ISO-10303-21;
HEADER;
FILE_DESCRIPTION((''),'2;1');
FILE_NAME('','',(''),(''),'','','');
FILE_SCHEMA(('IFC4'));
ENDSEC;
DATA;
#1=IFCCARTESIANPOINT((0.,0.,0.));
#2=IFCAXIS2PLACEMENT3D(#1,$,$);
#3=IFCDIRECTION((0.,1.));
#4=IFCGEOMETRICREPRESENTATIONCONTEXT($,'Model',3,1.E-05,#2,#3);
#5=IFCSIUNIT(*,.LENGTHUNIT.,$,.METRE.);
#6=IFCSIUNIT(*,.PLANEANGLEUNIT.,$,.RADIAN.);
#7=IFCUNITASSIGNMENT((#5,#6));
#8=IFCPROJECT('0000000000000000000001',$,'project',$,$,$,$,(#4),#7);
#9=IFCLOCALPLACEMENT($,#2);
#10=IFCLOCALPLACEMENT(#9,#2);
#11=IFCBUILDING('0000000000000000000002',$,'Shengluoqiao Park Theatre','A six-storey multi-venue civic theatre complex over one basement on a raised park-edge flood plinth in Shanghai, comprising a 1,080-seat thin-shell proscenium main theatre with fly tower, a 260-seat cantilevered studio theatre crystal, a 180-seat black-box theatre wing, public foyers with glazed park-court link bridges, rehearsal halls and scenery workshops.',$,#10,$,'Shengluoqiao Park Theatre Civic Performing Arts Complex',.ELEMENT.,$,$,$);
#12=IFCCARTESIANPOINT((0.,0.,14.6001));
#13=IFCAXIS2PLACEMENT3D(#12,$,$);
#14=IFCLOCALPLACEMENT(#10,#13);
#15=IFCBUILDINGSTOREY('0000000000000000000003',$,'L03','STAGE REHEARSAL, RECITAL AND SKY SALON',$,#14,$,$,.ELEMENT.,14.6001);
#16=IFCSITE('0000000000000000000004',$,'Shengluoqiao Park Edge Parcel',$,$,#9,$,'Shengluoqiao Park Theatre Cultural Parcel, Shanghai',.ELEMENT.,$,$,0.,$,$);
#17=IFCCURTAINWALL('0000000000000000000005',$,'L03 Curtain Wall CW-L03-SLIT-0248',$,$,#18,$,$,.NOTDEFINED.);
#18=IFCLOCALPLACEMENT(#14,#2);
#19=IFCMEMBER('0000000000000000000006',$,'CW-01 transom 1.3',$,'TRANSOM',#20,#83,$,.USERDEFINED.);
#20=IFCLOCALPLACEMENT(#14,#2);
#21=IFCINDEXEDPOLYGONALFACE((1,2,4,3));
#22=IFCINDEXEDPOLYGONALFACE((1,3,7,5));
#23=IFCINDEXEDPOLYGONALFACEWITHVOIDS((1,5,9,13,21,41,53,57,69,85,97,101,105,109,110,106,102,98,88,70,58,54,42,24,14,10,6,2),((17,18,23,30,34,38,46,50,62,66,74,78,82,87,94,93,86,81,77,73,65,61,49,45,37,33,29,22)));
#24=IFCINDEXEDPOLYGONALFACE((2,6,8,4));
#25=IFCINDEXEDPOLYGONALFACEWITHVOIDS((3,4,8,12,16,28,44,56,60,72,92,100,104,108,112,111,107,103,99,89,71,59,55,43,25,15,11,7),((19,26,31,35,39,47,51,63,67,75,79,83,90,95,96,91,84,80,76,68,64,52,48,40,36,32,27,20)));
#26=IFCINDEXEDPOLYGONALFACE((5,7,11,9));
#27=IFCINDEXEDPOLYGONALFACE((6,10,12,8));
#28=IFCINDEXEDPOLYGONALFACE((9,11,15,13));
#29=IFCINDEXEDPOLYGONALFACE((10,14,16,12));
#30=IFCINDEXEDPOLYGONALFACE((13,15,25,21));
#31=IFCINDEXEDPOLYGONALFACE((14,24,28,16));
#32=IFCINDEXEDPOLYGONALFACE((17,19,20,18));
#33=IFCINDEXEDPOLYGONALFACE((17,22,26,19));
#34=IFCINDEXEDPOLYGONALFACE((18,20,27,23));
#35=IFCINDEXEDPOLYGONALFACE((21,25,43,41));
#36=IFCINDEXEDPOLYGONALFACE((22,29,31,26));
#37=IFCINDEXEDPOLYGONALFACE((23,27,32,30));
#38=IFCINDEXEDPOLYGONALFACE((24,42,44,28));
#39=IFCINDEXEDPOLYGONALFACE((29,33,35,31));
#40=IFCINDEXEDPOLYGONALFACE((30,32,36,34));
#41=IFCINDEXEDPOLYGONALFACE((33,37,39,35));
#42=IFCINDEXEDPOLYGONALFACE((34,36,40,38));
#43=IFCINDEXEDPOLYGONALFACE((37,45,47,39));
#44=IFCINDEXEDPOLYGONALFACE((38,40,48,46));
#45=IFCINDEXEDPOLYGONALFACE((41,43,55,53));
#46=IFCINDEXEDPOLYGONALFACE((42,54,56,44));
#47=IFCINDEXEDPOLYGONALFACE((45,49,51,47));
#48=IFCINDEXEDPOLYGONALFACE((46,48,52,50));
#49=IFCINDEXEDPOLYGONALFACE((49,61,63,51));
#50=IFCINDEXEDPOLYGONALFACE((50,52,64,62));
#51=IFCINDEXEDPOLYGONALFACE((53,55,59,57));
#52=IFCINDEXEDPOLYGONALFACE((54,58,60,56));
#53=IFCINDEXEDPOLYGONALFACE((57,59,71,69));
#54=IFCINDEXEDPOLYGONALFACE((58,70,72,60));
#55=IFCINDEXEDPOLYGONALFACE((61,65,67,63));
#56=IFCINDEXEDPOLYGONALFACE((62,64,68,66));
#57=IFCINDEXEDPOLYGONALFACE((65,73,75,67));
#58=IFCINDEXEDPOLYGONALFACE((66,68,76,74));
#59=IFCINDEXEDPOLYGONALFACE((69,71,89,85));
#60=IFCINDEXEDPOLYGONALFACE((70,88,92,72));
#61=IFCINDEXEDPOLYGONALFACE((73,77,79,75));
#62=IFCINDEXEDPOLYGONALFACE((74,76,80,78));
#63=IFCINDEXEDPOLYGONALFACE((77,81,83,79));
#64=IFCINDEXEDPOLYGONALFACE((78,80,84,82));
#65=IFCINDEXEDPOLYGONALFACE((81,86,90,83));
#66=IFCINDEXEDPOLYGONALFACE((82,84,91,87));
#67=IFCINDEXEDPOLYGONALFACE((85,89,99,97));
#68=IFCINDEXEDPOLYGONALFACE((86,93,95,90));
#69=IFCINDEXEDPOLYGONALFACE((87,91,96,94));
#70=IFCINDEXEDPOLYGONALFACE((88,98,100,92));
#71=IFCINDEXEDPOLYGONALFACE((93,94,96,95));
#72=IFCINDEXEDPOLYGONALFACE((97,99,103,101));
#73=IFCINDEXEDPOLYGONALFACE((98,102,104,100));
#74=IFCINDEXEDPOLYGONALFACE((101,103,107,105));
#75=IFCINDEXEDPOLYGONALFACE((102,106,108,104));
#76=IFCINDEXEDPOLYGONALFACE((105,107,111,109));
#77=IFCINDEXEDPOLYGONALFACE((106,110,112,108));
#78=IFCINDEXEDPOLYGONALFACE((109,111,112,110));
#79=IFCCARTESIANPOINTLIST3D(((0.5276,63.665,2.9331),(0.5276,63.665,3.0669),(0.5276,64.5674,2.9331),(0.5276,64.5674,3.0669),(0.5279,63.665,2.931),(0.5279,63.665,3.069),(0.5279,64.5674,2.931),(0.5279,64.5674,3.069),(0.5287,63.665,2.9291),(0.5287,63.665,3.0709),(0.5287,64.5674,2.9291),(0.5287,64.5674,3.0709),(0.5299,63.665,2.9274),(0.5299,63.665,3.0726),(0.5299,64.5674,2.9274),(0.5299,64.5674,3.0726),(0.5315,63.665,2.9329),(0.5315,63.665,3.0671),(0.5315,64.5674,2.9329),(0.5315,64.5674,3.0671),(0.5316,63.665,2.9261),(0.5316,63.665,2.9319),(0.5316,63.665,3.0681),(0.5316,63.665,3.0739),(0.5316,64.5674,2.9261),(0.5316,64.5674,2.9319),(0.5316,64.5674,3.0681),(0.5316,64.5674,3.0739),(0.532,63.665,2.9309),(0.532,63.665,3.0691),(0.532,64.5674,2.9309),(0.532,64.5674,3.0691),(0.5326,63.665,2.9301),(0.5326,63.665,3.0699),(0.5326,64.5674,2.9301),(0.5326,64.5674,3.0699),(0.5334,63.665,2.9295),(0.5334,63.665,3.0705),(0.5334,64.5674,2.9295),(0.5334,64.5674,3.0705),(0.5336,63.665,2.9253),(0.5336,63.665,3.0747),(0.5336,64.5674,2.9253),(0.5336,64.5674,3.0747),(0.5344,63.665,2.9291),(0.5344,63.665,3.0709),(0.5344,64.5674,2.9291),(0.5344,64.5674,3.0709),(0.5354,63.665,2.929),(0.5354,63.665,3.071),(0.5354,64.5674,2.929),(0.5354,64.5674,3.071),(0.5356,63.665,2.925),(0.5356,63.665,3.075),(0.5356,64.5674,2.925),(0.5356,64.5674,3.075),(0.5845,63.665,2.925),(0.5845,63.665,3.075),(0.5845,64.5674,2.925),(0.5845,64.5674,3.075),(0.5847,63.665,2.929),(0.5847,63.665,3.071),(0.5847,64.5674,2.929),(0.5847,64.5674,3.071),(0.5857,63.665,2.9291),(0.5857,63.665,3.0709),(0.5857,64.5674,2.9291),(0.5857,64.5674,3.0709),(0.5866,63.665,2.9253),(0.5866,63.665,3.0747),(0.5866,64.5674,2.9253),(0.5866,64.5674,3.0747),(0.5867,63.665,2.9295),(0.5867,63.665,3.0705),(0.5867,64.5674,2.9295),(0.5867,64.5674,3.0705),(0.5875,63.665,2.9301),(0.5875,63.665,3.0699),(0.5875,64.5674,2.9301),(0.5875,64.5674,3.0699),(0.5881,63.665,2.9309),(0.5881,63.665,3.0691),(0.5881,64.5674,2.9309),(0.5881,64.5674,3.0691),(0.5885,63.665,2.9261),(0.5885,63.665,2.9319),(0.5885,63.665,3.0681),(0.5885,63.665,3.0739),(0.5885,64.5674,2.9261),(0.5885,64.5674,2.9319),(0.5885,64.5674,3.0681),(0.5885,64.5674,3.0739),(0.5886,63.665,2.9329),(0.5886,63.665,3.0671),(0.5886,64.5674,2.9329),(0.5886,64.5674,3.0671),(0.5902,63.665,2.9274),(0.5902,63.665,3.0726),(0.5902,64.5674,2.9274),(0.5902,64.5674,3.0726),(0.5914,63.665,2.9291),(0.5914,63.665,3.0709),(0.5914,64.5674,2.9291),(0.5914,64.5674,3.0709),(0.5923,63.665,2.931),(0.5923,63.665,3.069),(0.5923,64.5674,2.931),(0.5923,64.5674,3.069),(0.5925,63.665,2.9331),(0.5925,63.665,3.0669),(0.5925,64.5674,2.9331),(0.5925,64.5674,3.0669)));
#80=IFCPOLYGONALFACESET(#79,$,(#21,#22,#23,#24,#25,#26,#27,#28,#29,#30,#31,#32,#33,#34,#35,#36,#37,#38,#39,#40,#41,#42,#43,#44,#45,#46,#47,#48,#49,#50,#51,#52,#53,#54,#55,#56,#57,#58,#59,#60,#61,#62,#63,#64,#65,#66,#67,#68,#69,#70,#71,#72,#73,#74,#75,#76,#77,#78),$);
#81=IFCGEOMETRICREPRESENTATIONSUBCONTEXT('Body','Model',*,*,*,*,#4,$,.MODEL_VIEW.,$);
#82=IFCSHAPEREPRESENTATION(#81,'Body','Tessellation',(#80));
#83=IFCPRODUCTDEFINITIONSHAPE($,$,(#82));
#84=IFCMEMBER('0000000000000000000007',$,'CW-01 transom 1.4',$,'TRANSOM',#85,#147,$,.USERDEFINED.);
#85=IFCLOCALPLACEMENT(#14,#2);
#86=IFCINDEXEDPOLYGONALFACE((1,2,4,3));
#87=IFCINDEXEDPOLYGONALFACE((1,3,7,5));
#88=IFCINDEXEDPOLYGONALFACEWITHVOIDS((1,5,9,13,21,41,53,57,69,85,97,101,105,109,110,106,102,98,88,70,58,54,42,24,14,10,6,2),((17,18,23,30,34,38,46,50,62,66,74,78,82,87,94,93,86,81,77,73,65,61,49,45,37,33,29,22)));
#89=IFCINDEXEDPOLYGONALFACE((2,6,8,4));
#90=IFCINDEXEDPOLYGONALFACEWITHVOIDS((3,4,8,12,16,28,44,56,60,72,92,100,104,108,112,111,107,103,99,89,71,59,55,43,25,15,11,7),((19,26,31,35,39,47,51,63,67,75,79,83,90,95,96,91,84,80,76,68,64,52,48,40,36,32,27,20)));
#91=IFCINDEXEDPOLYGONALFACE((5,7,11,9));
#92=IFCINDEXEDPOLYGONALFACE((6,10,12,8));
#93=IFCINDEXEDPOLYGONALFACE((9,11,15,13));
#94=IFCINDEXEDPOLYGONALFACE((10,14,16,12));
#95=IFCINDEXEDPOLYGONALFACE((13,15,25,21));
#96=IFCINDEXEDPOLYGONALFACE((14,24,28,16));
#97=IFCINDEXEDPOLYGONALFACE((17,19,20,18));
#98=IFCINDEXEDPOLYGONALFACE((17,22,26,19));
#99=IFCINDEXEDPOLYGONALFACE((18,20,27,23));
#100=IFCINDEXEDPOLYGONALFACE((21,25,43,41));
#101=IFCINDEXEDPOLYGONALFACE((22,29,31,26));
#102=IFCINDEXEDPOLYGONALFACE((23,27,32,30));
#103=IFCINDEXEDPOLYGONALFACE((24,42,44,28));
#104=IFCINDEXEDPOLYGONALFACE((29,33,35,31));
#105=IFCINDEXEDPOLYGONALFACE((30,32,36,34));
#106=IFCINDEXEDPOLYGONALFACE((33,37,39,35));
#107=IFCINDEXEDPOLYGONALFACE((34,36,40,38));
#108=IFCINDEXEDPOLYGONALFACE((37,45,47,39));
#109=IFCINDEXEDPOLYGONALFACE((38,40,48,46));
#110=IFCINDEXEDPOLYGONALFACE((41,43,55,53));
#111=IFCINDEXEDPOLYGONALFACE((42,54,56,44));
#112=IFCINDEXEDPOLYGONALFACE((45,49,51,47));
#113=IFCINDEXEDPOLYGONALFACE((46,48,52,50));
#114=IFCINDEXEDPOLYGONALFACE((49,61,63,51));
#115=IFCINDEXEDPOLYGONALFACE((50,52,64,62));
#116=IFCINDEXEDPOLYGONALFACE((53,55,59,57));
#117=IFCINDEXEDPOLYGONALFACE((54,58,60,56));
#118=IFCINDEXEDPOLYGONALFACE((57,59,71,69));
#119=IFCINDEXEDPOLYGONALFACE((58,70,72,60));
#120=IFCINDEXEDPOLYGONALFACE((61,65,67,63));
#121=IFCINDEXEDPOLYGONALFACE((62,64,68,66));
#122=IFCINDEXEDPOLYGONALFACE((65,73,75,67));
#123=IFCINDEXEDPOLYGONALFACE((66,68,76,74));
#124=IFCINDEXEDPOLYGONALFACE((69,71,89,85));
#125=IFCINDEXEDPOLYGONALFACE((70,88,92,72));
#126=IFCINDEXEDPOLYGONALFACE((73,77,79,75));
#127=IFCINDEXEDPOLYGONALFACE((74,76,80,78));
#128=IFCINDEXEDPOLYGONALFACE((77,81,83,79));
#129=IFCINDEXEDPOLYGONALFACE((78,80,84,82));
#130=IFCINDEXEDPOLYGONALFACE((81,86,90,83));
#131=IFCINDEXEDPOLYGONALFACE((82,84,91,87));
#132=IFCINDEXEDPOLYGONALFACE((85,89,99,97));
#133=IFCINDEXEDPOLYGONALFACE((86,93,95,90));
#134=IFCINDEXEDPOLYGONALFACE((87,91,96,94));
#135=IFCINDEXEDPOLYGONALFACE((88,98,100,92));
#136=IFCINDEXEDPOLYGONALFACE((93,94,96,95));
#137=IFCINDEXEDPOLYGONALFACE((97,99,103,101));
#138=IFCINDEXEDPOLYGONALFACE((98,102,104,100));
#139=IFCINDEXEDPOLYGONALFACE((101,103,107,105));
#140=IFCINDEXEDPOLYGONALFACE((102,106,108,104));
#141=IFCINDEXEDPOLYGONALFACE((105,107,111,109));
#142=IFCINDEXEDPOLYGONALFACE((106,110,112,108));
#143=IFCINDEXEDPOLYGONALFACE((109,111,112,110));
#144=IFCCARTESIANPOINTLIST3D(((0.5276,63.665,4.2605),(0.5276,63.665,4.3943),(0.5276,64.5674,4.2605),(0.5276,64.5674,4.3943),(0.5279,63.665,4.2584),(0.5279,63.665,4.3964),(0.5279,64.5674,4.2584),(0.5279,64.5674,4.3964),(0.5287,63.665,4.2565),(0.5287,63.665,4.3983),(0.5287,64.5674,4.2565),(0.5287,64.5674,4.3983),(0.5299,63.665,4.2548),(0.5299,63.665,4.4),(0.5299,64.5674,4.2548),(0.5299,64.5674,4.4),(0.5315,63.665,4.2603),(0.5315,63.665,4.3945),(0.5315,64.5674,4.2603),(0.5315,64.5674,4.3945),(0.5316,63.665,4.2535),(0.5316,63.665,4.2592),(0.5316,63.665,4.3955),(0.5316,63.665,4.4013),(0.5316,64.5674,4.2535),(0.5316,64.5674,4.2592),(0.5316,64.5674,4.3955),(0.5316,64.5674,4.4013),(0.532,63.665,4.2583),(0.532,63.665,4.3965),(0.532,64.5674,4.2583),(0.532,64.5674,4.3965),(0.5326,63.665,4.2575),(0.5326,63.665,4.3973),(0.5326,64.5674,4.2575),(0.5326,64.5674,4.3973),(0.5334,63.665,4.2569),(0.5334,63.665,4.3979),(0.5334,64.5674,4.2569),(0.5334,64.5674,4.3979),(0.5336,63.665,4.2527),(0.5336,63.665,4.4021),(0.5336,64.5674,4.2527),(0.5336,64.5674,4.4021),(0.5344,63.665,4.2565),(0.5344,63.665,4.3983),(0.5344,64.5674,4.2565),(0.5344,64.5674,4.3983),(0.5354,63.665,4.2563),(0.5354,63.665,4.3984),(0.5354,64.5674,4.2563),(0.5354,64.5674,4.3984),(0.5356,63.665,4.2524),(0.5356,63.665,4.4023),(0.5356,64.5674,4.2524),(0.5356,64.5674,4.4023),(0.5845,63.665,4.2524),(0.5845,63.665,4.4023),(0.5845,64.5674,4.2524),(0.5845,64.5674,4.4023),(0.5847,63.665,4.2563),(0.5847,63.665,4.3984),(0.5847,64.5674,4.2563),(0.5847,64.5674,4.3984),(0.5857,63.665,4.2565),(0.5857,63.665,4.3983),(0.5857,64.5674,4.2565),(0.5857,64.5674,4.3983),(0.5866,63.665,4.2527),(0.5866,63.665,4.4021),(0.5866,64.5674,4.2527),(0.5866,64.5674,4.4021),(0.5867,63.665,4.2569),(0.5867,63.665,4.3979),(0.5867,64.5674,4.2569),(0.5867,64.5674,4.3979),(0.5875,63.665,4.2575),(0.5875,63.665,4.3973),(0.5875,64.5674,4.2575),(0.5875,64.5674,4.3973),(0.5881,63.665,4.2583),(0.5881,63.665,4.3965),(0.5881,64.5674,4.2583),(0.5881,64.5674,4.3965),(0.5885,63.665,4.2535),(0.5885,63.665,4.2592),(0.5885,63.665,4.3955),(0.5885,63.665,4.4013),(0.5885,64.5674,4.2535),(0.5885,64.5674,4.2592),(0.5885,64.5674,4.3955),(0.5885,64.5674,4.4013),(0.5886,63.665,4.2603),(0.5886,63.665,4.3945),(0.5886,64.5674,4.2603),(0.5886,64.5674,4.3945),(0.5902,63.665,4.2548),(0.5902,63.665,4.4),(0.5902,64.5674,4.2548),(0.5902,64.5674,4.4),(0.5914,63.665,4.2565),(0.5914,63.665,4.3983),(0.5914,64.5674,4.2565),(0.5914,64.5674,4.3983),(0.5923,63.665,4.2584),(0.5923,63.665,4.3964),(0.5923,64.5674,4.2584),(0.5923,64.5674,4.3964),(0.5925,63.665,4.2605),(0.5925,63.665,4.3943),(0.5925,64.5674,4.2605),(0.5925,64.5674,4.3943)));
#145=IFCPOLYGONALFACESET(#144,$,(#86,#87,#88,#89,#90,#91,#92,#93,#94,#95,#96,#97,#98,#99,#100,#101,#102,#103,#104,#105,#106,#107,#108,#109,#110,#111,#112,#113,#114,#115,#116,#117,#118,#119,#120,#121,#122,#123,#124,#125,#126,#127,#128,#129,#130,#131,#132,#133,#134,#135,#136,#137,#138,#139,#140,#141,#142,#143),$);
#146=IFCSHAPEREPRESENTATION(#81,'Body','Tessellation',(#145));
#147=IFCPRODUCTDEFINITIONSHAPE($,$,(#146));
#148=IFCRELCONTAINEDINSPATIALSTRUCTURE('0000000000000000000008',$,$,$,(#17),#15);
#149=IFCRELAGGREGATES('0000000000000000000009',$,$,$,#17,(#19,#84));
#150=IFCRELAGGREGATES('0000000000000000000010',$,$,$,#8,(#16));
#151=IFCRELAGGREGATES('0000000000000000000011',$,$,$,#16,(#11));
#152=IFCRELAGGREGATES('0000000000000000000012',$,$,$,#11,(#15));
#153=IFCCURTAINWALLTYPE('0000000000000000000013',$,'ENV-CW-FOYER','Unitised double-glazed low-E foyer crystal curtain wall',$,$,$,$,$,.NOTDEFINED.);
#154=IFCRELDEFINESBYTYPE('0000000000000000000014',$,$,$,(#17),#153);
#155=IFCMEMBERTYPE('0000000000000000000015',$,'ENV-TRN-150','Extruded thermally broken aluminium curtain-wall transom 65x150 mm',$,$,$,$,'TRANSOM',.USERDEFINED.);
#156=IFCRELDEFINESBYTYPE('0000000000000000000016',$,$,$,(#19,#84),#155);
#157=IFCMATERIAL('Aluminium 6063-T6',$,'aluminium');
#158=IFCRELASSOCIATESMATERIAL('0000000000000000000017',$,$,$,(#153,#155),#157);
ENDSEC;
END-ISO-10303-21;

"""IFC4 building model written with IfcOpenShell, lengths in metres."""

from ifc_helpers import new_model, si_unit, direction, frame, origin, origin_2d, place, context, subcontext, project, spatial, hollow_rectangle, extrude, material, material_profile, profile_set, type_object, element, aggregate, save


model = new_model("IFC4")

# Units and contexts
model_context = context("Model", 3, precision=1e-05, world=origin(), true_north=direction((0.0, 1.0)))
body_context = subcontext(model_context, "Body", "Model", "MODEL_VIEW")
ifc_project = project(units=[si_unit("LENGTHUNIT", "METRE"), si_unit("PLANEANGLEUNIT", "RADIAN")], contexts=[model_context])

# Site, building, storey
site_placement = place(None, origin())
site = spatial("IfcSite", under=ifc_project, at=site_placement, Name="Shengluoqiao Park Edge Parcel", LongName="Shengluoqiao Park Theatre Cultural Parcel, Shanghai", CompositionType="ELEMENT", RefElevation=0.0)
building_placement = place(site_placement, origin())
building = spatial("IfcBuilding", under=site, at=building_placement, Name="Shengluoqiao Park Theatre", Description="A six-storey multi-venue civic theatre complex over one basement on a raised park-edge flood plinth in Shanghai, comprising a 1,080-seat thin-shell proscenium main theatre with fly tower, a 260-seat cantilevered studio theatre crystal, a 180-seat black-box theatre wing, public foyers with glazed park-court link bridges, rehearsal halls and scenery workshops.", LongName="Shengluoqiao Park Theatre Civic Performing Arts Complex", CompositionType="ELEMENT")
storey_placement = place(building_placement, frame((0.0, 0.0, 14.6001)))
storey = spatial("IfcBuildingStorey", under=building, at=storey_placement, Name="L03", Description="STAGE REHEARSAL, RECITAL AND SKY SALON", CompositionType="ELEMENT", Elevation=14.6001)

# Curtain wall, members
ifc_material_1 = material(Name="Aluminium 6063-T6", Category="aluminium")
curtain_wall_type = type_object("IfcCurtainWallType", Name="ENV-CW-FOYER", Description="Unitised double-glazed low-E foyer crystal curtain wall", PredefinedType="NOTDEFINED", material=ifc_material_1)
curtain_wall_placement = place(storey_placement, origin())
curtain_wall = element("IfcCurtainWall", 1, at=curtain_wall_placement, inside=storey, type_object=curtain_wall_type, Name="L03 Curtain Wall CW-L03-SLIT-0248", PredefinedType="NOTDEFINED")
ifc_material_profile_1 = material_profile(ifc_material_1, hollow_rectangle(XDim=0.0649, YDim=0.1499, WallThickness=0.0039, InnerFilletRadius=0.0039, OuterFilletRadius=0.0081, at=origin_2d()), Name="ALU TRANSOM 150x65x4")
ifc_profile_set_1 = profile_set([ifc_material_profile_1], Name="Aluminium 6063-T6")
member_type_1 = type_object("IfcMemberType", Name="ENV-TRN-150", Description="Extruded thermally broken aluminium curtain-wall transom 65x150 mm", ElementType="TRANSOM", PredefinedType="USERDEFINED", material=ifc_profile_set_1)
member_1_placement = place(storey_placement, frame((0.5601, 63.665, 3.0), z_axis=(0.0, 1.0, 0.0), x_axis=(-1.0, 0.0, 0.0)))
member_1 = element("IfcMember", 2, at=member_1_placement, type_object=member_type_1, Name="CW-01 transom 1.3", ObjectType="TRANSOM", PredefinedType="USERDEFINED", context=body_context, shape_type="SweptSolid", body=[
    extrude(hollow_rectangle(XDim=0.0649, YDim=0.1499, WallThickness=0.0039, InnerFilletRadius=0.0039, OuterFilletRadius=0.0081, at=origin_2d()), origin(), (0.0, 0.0, 1.0), 0.9023),
])
member_2_placement = place(storey_placement, frame((0.5601, 63.665, 4.3274), z_axis=(0.0, 1.0, 0.0), x_axis=(-1.0, 0.0, 0.0)))
member_2 = element("IfcMember", 3, at=member_2_placement, type_object=member_type_1, Name="CW-01 transom 1.4", ObjectType="TRANSOM", PredefinedType="USERDEFINED", context=body_context, shape_type="SweptSolid", body=[
    extrude(hollow_rectangle(XDim=0.0649, YDim=0.1499, WallThickness=0.0039, InnerFilletRadius=0.0039, OuterFilletRadius=0.0081, at=origin_2d()), origin(), (0.0, 0.0, 1.0), 0.9023),
])

aggregate(curtain_wall, [member_1, member_2])

save(model, "model.ifc")
